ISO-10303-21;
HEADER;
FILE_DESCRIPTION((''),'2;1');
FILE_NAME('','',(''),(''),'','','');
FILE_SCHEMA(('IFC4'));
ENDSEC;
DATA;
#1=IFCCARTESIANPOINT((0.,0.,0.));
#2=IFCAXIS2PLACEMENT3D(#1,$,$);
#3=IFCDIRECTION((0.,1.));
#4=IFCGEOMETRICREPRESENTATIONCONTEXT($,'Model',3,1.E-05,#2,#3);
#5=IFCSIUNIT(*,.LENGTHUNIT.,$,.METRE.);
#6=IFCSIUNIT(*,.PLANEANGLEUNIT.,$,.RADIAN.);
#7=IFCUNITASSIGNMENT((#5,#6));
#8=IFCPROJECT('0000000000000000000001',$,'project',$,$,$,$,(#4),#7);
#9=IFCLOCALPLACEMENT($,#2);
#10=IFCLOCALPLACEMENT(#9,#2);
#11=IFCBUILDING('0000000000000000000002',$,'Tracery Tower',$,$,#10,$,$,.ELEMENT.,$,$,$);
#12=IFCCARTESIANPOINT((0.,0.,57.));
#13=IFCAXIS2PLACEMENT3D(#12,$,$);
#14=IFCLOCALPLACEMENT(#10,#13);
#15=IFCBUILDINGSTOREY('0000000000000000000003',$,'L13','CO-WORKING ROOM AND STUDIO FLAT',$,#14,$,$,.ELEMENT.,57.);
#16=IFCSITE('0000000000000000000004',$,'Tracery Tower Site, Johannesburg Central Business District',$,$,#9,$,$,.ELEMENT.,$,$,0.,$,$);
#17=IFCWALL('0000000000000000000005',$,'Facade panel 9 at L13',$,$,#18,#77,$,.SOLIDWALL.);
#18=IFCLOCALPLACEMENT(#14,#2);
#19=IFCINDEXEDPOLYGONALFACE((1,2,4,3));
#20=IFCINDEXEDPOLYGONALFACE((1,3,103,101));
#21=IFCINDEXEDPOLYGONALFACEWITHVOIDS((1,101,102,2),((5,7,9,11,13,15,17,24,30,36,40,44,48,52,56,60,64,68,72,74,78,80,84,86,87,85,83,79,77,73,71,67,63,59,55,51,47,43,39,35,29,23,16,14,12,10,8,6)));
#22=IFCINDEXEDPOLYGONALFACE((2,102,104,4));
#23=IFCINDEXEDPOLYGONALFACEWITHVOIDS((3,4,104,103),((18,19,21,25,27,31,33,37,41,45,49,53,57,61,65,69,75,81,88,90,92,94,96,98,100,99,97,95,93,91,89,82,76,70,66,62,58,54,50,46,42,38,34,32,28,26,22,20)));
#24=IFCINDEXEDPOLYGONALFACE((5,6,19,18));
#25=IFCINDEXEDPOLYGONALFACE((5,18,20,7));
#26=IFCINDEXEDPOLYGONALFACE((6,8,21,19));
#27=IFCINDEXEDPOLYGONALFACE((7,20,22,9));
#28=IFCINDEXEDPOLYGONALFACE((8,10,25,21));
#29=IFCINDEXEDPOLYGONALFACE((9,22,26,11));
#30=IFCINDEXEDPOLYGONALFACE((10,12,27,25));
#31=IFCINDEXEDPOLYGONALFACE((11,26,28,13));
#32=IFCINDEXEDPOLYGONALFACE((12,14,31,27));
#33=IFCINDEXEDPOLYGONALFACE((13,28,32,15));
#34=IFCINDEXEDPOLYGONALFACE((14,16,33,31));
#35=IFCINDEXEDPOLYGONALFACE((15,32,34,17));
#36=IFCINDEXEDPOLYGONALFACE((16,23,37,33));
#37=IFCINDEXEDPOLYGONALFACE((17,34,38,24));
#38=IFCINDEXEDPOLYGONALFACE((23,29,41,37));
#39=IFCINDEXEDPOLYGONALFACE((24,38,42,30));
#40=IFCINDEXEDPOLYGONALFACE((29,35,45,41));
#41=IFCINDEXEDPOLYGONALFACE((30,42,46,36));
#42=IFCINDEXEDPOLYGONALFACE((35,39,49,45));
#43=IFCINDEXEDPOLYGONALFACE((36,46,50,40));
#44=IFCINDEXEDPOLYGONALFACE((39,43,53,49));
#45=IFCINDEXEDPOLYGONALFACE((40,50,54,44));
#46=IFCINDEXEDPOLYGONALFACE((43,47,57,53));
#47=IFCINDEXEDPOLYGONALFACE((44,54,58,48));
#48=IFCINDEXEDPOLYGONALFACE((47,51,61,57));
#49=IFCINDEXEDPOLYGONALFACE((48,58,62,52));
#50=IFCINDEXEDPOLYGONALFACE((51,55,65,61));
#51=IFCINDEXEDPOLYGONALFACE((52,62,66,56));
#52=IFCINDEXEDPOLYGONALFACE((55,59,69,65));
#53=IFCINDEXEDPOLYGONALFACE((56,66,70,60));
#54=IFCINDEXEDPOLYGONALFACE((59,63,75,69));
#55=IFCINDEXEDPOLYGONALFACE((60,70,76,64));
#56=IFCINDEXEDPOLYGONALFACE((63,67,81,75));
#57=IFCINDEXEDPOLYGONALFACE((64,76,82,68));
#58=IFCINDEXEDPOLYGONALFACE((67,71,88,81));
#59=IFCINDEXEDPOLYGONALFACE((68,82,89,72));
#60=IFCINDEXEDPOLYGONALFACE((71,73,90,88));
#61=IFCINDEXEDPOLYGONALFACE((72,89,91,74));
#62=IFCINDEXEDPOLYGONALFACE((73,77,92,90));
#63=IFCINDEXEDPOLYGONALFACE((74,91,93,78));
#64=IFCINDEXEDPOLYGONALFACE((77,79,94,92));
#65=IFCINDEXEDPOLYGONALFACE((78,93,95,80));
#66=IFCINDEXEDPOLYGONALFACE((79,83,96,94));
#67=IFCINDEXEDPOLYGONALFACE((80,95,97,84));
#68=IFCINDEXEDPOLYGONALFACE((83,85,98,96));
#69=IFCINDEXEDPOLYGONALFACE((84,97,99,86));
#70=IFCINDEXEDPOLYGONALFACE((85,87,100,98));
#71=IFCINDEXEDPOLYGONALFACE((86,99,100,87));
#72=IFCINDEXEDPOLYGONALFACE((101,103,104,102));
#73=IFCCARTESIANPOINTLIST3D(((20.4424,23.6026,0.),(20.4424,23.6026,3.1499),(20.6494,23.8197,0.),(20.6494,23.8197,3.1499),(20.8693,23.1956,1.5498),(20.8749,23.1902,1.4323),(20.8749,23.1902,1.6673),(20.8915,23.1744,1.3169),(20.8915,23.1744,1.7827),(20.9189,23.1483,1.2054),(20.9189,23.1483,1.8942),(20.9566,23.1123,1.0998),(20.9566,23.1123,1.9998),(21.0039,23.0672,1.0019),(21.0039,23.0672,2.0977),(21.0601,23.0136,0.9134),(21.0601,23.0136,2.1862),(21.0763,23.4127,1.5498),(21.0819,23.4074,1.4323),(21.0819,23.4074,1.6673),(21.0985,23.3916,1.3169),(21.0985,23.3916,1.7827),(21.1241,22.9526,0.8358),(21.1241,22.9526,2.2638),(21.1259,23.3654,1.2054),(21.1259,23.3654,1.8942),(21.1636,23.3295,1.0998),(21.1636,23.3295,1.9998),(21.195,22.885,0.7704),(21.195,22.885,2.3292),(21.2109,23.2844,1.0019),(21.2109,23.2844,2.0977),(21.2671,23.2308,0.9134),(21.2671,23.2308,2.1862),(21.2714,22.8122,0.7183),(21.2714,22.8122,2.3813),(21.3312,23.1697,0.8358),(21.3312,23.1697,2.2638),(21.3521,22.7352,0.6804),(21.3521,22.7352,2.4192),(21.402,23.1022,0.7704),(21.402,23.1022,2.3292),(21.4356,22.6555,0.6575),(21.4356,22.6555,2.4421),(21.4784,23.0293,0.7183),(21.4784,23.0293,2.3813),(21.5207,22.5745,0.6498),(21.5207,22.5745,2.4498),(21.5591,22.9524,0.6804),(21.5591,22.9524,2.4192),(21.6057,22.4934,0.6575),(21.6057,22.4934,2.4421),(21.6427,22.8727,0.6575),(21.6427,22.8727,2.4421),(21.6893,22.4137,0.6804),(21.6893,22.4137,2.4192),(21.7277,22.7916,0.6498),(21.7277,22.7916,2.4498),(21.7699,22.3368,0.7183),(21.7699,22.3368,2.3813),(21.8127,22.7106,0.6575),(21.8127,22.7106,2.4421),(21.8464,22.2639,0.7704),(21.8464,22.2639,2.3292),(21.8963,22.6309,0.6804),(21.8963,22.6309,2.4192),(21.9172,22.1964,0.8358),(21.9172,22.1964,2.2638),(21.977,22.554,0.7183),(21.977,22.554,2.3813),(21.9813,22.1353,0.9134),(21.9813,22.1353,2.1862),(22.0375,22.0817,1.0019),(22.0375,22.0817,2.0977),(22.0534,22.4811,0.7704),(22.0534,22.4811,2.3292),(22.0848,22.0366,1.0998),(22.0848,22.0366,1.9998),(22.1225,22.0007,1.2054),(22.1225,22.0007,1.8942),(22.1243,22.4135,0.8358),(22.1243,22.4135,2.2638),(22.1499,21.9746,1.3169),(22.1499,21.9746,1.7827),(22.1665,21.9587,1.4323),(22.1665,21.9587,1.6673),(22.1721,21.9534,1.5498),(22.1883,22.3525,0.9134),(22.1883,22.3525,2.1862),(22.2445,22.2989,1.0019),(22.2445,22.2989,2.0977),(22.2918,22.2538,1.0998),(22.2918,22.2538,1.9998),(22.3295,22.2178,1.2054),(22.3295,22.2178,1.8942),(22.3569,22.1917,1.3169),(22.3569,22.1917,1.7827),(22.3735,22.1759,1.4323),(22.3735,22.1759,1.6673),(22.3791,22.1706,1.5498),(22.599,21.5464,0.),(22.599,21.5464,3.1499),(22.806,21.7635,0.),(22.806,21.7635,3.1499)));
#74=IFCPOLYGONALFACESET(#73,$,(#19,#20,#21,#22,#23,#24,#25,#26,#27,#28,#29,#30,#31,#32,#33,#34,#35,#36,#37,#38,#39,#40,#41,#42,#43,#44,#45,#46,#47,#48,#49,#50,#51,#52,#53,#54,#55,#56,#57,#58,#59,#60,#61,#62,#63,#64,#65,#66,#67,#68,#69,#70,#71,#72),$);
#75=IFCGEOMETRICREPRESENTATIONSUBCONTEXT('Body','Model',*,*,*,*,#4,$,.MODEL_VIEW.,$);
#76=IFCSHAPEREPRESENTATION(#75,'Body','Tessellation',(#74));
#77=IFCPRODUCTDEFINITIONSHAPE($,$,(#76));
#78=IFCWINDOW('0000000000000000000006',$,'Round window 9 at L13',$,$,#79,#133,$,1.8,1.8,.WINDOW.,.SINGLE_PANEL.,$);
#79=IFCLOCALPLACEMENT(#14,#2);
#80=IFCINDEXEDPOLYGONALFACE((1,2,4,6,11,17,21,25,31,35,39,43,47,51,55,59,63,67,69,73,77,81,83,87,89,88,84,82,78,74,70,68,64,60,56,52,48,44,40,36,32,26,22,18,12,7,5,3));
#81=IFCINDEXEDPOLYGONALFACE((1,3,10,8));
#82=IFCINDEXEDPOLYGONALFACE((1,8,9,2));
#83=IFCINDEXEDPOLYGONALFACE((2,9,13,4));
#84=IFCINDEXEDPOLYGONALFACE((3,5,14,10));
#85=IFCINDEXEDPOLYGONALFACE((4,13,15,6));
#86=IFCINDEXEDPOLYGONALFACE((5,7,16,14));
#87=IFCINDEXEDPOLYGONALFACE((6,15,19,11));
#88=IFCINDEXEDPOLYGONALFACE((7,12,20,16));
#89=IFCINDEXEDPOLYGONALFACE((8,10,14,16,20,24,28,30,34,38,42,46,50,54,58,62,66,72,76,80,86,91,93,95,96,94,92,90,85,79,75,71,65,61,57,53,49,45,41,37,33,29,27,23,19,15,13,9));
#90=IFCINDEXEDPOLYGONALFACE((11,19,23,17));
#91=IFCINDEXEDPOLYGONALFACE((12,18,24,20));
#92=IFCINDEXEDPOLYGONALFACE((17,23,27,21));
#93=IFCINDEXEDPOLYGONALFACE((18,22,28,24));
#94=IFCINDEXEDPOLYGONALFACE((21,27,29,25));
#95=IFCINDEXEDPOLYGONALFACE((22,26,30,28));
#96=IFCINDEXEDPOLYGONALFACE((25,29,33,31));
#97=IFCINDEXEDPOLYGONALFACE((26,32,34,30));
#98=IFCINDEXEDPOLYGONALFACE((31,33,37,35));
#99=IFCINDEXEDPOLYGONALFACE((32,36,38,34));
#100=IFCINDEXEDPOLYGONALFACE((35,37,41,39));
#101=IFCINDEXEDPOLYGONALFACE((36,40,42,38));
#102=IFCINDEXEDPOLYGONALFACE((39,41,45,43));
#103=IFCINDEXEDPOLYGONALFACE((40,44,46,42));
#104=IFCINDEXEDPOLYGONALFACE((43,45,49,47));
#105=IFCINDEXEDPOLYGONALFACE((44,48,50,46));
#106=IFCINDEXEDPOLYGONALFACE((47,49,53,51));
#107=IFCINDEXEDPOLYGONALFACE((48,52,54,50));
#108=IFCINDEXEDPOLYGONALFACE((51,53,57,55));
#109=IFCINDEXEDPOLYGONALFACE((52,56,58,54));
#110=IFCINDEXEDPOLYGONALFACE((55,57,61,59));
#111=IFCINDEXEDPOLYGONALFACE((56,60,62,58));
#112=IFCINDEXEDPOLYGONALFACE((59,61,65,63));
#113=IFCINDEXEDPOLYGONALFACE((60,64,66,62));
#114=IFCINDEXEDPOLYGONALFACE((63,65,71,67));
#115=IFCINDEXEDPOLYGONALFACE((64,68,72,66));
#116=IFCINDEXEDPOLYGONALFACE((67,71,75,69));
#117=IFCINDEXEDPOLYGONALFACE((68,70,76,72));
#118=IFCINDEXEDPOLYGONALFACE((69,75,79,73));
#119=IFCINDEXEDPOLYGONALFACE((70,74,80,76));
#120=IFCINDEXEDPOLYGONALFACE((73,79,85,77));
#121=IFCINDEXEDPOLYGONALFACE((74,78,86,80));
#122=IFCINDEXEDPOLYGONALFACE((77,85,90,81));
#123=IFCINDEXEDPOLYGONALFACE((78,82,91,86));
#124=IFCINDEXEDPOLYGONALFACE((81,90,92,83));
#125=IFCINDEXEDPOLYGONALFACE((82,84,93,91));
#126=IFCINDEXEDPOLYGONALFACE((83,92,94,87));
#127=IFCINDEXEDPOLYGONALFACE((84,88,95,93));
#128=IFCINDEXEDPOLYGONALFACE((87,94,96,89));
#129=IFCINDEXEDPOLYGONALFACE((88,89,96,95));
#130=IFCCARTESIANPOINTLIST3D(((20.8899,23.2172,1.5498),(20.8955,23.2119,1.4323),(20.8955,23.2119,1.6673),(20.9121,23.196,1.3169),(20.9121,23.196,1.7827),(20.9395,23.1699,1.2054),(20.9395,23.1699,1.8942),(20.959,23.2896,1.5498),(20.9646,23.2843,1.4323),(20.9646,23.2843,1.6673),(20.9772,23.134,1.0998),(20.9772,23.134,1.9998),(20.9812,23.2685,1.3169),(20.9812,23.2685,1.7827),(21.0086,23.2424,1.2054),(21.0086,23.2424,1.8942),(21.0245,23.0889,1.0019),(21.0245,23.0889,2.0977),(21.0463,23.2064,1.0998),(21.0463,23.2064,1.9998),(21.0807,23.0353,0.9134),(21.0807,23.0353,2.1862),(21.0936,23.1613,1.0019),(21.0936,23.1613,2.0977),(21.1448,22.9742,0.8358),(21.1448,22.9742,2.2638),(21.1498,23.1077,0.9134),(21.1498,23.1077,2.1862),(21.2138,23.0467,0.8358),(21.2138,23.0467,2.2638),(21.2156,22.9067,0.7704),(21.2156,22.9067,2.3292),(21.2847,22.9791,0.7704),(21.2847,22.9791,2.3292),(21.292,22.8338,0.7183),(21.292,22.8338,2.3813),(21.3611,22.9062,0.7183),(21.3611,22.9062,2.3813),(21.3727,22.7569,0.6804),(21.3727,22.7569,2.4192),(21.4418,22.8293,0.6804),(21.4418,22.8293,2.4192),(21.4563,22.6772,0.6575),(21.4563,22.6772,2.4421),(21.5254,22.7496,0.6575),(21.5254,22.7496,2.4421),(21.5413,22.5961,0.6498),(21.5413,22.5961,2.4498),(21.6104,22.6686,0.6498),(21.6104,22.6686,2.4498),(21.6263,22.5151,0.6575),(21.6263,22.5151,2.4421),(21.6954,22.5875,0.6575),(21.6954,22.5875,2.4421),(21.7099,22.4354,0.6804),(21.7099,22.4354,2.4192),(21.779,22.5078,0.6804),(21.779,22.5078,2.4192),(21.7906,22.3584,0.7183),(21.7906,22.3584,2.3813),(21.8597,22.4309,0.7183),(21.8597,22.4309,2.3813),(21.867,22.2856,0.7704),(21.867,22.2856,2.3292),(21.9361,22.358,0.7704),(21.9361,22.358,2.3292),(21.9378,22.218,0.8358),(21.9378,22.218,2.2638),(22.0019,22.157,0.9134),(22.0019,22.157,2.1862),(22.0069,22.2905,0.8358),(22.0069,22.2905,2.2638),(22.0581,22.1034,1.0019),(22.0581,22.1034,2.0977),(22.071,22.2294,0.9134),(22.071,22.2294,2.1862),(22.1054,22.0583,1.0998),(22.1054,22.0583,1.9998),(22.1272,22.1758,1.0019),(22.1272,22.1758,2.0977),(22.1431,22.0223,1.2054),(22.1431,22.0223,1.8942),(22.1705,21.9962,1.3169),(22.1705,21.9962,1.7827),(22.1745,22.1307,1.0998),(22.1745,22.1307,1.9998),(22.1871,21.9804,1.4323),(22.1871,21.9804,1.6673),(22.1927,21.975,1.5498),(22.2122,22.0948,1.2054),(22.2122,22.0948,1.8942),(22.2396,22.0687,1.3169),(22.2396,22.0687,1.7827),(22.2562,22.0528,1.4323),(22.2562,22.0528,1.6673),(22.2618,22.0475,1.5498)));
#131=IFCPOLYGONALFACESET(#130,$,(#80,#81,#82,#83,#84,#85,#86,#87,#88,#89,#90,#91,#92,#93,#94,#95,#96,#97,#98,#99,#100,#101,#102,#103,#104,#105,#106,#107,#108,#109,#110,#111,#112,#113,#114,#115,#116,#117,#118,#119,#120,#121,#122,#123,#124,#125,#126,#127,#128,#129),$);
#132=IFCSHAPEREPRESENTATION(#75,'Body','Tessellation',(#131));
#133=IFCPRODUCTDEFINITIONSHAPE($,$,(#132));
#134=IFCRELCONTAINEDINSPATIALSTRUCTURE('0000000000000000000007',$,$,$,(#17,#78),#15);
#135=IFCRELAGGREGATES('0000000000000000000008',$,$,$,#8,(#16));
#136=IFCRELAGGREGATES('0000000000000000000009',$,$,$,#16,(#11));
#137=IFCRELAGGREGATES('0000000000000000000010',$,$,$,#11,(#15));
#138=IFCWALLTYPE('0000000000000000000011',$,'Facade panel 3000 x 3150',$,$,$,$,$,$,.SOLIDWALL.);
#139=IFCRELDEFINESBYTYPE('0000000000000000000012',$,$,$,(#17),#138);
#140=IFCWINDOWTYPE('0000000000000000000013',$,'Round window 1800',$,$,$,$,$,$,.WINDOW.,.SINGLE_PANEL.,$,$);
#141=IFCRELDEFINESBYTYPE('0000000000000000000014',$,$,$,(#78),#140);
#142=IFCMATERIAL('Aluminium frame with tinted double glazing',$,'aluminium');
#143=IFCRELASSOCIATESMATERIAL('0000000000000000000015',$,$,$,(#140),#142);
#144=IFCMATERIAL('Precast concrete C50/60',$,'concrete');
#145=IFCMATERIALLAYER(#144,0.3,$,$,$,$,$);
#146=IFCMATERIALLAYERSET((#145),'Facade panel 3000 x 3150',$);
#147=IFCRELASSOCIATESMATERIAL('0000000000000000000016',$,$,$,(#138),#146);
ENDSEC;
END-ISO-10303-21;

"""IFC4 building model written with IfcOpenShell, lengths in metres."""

from ifc_helpers import new_model, si_unit, direction, frame, frame_2d, origin, origin_2d, place, context, subcontext, project, spatial, rectangle, circle, extrude, material, layer, layer_set, type_object, element, fill, save


model = new_model("IFC4")

# Units and contexts
model_context = context("Model", 3, precision=1e-05, world=origin(), true_north=direction((0.0, 1.0)))
body_context = subcontext(model_context, "Body", "Model", "MODEL_VIEW")
ifc_project = project(units=[si_unit("LENGTHUNIT", "METRE"), si_unit("PLANEANGLEUNIT", "RADIAN")], contexts=[model_context])

# Site, building, storey
site_placement = place(None, origin())
site = spatial("IfcSite", under=ifc_project, at=site_placement, Name="Tracery Tower Site, Johannesburg Central Business District", CompositionType="ELEMENT", RefElevation=0.0)
building_placement = place(site_placement, origin())
building = spatial("IfcBuilding", under=site, at=building_placement, Name="Tracery Tower", CompositionType="ELEMENT")
storey_placement = place(building_placement, frame((0.0, 0.0, 57.0)))
storey = spatial("IfcBuildingStorey", under=building, at=storey_placement, Name="L13", Description="CO-WORKING ROOM AND STUDIO FLAT", CompositionType="ELEMENT", Elevation=57.0)

# Wall, opening, window
ifc_material_1 = material(Name="Aluminium frame with tinted double glazing", Category="aluminium")
window_type = type_object("IfcWindowType", Name="Round window 1800", PartitioningType="SINGLE_PANEL", PredefinedType="WINDOW", material=ifc_material_1)
ifc_material_2 = material(Name="Precast concrete C50/60", Category="concrete")
ifc_layer_1 = layer(ifc_material_2, 0.3)
ifc_layer_set_1 = layer_set([ifc_layer_1], Name="Facade panel 3000 x 3150")
wall_type_1 = type_object("IfcWallType", Name="Facade panel 3000 x 3150", PredefinedType="SOLIDWALL", material=ifc_layer_set_1)
wall_1_placement = place(storey_placement, frame((22.7024, 21.655, 0.0), z_axis=(0.0, 0.0, 1.0), x_axis=(-0.723744, 0.690068, 0.0)))
wall_1 = element("IfcWall", 1, at=wall_1_placement, inside=storey, type_object=wall_type_1, Name="Facade panel 9 at L13", PredefinedType="SOLIDWALL", context=body_context, shape_type="SweptSolid", body=[
    extrude(rectangle(XDim=2.9797, YDim=0.3, at=frame_2d((1.4897, 0.0))), origin(), (0.0, 0.0, 1.0), 3.1499),
])
opening_1_placement = place(wall_1_placement, frame((1.4897, 0.0, 1.5498)))
opening_1 = element("IfcOpeningElement", 2, at=opening_1_placement, cuts=wall_1, PredefinedType="OPENING", context=body_context, shape_type="SweptSolid", body=[
    extrude(circle(Radius=0.9, at=origin_2d()), frame((0.0, 0.1599, 0.0), z_axis=(0.0, -1.0, 0.0), x_axis=(1.0, 0.0, 0.0)), (0.0, 0.0, 1.0), 0.3201),
])
window_1_placement = place(opening_1_placement, origin())
window_1 = element("IfcWindow", 3, at=window_1_placement, inside=storey, type_object=window_type, Name="Round window 9 at L13", OverallHeight=1.8, OverallWidth=1.8, PartitioningType="SINGLE_PANEL", PredefinedType="WINDOW", context=body_context, shape_type="SweptSolid", body=[
    extrude(circle(Radius=0.9, at=origin_2d()), frame((0.0, 0.1201, 0.0), z_axis=(0.0, -1.0, 0.0), x_axis=(1.0, 0.0, 0.0)), (0.0, 0.0, 1.0), 0.1001),
])
fill(opening_1, window_1)

save(model, "model.ifc")
